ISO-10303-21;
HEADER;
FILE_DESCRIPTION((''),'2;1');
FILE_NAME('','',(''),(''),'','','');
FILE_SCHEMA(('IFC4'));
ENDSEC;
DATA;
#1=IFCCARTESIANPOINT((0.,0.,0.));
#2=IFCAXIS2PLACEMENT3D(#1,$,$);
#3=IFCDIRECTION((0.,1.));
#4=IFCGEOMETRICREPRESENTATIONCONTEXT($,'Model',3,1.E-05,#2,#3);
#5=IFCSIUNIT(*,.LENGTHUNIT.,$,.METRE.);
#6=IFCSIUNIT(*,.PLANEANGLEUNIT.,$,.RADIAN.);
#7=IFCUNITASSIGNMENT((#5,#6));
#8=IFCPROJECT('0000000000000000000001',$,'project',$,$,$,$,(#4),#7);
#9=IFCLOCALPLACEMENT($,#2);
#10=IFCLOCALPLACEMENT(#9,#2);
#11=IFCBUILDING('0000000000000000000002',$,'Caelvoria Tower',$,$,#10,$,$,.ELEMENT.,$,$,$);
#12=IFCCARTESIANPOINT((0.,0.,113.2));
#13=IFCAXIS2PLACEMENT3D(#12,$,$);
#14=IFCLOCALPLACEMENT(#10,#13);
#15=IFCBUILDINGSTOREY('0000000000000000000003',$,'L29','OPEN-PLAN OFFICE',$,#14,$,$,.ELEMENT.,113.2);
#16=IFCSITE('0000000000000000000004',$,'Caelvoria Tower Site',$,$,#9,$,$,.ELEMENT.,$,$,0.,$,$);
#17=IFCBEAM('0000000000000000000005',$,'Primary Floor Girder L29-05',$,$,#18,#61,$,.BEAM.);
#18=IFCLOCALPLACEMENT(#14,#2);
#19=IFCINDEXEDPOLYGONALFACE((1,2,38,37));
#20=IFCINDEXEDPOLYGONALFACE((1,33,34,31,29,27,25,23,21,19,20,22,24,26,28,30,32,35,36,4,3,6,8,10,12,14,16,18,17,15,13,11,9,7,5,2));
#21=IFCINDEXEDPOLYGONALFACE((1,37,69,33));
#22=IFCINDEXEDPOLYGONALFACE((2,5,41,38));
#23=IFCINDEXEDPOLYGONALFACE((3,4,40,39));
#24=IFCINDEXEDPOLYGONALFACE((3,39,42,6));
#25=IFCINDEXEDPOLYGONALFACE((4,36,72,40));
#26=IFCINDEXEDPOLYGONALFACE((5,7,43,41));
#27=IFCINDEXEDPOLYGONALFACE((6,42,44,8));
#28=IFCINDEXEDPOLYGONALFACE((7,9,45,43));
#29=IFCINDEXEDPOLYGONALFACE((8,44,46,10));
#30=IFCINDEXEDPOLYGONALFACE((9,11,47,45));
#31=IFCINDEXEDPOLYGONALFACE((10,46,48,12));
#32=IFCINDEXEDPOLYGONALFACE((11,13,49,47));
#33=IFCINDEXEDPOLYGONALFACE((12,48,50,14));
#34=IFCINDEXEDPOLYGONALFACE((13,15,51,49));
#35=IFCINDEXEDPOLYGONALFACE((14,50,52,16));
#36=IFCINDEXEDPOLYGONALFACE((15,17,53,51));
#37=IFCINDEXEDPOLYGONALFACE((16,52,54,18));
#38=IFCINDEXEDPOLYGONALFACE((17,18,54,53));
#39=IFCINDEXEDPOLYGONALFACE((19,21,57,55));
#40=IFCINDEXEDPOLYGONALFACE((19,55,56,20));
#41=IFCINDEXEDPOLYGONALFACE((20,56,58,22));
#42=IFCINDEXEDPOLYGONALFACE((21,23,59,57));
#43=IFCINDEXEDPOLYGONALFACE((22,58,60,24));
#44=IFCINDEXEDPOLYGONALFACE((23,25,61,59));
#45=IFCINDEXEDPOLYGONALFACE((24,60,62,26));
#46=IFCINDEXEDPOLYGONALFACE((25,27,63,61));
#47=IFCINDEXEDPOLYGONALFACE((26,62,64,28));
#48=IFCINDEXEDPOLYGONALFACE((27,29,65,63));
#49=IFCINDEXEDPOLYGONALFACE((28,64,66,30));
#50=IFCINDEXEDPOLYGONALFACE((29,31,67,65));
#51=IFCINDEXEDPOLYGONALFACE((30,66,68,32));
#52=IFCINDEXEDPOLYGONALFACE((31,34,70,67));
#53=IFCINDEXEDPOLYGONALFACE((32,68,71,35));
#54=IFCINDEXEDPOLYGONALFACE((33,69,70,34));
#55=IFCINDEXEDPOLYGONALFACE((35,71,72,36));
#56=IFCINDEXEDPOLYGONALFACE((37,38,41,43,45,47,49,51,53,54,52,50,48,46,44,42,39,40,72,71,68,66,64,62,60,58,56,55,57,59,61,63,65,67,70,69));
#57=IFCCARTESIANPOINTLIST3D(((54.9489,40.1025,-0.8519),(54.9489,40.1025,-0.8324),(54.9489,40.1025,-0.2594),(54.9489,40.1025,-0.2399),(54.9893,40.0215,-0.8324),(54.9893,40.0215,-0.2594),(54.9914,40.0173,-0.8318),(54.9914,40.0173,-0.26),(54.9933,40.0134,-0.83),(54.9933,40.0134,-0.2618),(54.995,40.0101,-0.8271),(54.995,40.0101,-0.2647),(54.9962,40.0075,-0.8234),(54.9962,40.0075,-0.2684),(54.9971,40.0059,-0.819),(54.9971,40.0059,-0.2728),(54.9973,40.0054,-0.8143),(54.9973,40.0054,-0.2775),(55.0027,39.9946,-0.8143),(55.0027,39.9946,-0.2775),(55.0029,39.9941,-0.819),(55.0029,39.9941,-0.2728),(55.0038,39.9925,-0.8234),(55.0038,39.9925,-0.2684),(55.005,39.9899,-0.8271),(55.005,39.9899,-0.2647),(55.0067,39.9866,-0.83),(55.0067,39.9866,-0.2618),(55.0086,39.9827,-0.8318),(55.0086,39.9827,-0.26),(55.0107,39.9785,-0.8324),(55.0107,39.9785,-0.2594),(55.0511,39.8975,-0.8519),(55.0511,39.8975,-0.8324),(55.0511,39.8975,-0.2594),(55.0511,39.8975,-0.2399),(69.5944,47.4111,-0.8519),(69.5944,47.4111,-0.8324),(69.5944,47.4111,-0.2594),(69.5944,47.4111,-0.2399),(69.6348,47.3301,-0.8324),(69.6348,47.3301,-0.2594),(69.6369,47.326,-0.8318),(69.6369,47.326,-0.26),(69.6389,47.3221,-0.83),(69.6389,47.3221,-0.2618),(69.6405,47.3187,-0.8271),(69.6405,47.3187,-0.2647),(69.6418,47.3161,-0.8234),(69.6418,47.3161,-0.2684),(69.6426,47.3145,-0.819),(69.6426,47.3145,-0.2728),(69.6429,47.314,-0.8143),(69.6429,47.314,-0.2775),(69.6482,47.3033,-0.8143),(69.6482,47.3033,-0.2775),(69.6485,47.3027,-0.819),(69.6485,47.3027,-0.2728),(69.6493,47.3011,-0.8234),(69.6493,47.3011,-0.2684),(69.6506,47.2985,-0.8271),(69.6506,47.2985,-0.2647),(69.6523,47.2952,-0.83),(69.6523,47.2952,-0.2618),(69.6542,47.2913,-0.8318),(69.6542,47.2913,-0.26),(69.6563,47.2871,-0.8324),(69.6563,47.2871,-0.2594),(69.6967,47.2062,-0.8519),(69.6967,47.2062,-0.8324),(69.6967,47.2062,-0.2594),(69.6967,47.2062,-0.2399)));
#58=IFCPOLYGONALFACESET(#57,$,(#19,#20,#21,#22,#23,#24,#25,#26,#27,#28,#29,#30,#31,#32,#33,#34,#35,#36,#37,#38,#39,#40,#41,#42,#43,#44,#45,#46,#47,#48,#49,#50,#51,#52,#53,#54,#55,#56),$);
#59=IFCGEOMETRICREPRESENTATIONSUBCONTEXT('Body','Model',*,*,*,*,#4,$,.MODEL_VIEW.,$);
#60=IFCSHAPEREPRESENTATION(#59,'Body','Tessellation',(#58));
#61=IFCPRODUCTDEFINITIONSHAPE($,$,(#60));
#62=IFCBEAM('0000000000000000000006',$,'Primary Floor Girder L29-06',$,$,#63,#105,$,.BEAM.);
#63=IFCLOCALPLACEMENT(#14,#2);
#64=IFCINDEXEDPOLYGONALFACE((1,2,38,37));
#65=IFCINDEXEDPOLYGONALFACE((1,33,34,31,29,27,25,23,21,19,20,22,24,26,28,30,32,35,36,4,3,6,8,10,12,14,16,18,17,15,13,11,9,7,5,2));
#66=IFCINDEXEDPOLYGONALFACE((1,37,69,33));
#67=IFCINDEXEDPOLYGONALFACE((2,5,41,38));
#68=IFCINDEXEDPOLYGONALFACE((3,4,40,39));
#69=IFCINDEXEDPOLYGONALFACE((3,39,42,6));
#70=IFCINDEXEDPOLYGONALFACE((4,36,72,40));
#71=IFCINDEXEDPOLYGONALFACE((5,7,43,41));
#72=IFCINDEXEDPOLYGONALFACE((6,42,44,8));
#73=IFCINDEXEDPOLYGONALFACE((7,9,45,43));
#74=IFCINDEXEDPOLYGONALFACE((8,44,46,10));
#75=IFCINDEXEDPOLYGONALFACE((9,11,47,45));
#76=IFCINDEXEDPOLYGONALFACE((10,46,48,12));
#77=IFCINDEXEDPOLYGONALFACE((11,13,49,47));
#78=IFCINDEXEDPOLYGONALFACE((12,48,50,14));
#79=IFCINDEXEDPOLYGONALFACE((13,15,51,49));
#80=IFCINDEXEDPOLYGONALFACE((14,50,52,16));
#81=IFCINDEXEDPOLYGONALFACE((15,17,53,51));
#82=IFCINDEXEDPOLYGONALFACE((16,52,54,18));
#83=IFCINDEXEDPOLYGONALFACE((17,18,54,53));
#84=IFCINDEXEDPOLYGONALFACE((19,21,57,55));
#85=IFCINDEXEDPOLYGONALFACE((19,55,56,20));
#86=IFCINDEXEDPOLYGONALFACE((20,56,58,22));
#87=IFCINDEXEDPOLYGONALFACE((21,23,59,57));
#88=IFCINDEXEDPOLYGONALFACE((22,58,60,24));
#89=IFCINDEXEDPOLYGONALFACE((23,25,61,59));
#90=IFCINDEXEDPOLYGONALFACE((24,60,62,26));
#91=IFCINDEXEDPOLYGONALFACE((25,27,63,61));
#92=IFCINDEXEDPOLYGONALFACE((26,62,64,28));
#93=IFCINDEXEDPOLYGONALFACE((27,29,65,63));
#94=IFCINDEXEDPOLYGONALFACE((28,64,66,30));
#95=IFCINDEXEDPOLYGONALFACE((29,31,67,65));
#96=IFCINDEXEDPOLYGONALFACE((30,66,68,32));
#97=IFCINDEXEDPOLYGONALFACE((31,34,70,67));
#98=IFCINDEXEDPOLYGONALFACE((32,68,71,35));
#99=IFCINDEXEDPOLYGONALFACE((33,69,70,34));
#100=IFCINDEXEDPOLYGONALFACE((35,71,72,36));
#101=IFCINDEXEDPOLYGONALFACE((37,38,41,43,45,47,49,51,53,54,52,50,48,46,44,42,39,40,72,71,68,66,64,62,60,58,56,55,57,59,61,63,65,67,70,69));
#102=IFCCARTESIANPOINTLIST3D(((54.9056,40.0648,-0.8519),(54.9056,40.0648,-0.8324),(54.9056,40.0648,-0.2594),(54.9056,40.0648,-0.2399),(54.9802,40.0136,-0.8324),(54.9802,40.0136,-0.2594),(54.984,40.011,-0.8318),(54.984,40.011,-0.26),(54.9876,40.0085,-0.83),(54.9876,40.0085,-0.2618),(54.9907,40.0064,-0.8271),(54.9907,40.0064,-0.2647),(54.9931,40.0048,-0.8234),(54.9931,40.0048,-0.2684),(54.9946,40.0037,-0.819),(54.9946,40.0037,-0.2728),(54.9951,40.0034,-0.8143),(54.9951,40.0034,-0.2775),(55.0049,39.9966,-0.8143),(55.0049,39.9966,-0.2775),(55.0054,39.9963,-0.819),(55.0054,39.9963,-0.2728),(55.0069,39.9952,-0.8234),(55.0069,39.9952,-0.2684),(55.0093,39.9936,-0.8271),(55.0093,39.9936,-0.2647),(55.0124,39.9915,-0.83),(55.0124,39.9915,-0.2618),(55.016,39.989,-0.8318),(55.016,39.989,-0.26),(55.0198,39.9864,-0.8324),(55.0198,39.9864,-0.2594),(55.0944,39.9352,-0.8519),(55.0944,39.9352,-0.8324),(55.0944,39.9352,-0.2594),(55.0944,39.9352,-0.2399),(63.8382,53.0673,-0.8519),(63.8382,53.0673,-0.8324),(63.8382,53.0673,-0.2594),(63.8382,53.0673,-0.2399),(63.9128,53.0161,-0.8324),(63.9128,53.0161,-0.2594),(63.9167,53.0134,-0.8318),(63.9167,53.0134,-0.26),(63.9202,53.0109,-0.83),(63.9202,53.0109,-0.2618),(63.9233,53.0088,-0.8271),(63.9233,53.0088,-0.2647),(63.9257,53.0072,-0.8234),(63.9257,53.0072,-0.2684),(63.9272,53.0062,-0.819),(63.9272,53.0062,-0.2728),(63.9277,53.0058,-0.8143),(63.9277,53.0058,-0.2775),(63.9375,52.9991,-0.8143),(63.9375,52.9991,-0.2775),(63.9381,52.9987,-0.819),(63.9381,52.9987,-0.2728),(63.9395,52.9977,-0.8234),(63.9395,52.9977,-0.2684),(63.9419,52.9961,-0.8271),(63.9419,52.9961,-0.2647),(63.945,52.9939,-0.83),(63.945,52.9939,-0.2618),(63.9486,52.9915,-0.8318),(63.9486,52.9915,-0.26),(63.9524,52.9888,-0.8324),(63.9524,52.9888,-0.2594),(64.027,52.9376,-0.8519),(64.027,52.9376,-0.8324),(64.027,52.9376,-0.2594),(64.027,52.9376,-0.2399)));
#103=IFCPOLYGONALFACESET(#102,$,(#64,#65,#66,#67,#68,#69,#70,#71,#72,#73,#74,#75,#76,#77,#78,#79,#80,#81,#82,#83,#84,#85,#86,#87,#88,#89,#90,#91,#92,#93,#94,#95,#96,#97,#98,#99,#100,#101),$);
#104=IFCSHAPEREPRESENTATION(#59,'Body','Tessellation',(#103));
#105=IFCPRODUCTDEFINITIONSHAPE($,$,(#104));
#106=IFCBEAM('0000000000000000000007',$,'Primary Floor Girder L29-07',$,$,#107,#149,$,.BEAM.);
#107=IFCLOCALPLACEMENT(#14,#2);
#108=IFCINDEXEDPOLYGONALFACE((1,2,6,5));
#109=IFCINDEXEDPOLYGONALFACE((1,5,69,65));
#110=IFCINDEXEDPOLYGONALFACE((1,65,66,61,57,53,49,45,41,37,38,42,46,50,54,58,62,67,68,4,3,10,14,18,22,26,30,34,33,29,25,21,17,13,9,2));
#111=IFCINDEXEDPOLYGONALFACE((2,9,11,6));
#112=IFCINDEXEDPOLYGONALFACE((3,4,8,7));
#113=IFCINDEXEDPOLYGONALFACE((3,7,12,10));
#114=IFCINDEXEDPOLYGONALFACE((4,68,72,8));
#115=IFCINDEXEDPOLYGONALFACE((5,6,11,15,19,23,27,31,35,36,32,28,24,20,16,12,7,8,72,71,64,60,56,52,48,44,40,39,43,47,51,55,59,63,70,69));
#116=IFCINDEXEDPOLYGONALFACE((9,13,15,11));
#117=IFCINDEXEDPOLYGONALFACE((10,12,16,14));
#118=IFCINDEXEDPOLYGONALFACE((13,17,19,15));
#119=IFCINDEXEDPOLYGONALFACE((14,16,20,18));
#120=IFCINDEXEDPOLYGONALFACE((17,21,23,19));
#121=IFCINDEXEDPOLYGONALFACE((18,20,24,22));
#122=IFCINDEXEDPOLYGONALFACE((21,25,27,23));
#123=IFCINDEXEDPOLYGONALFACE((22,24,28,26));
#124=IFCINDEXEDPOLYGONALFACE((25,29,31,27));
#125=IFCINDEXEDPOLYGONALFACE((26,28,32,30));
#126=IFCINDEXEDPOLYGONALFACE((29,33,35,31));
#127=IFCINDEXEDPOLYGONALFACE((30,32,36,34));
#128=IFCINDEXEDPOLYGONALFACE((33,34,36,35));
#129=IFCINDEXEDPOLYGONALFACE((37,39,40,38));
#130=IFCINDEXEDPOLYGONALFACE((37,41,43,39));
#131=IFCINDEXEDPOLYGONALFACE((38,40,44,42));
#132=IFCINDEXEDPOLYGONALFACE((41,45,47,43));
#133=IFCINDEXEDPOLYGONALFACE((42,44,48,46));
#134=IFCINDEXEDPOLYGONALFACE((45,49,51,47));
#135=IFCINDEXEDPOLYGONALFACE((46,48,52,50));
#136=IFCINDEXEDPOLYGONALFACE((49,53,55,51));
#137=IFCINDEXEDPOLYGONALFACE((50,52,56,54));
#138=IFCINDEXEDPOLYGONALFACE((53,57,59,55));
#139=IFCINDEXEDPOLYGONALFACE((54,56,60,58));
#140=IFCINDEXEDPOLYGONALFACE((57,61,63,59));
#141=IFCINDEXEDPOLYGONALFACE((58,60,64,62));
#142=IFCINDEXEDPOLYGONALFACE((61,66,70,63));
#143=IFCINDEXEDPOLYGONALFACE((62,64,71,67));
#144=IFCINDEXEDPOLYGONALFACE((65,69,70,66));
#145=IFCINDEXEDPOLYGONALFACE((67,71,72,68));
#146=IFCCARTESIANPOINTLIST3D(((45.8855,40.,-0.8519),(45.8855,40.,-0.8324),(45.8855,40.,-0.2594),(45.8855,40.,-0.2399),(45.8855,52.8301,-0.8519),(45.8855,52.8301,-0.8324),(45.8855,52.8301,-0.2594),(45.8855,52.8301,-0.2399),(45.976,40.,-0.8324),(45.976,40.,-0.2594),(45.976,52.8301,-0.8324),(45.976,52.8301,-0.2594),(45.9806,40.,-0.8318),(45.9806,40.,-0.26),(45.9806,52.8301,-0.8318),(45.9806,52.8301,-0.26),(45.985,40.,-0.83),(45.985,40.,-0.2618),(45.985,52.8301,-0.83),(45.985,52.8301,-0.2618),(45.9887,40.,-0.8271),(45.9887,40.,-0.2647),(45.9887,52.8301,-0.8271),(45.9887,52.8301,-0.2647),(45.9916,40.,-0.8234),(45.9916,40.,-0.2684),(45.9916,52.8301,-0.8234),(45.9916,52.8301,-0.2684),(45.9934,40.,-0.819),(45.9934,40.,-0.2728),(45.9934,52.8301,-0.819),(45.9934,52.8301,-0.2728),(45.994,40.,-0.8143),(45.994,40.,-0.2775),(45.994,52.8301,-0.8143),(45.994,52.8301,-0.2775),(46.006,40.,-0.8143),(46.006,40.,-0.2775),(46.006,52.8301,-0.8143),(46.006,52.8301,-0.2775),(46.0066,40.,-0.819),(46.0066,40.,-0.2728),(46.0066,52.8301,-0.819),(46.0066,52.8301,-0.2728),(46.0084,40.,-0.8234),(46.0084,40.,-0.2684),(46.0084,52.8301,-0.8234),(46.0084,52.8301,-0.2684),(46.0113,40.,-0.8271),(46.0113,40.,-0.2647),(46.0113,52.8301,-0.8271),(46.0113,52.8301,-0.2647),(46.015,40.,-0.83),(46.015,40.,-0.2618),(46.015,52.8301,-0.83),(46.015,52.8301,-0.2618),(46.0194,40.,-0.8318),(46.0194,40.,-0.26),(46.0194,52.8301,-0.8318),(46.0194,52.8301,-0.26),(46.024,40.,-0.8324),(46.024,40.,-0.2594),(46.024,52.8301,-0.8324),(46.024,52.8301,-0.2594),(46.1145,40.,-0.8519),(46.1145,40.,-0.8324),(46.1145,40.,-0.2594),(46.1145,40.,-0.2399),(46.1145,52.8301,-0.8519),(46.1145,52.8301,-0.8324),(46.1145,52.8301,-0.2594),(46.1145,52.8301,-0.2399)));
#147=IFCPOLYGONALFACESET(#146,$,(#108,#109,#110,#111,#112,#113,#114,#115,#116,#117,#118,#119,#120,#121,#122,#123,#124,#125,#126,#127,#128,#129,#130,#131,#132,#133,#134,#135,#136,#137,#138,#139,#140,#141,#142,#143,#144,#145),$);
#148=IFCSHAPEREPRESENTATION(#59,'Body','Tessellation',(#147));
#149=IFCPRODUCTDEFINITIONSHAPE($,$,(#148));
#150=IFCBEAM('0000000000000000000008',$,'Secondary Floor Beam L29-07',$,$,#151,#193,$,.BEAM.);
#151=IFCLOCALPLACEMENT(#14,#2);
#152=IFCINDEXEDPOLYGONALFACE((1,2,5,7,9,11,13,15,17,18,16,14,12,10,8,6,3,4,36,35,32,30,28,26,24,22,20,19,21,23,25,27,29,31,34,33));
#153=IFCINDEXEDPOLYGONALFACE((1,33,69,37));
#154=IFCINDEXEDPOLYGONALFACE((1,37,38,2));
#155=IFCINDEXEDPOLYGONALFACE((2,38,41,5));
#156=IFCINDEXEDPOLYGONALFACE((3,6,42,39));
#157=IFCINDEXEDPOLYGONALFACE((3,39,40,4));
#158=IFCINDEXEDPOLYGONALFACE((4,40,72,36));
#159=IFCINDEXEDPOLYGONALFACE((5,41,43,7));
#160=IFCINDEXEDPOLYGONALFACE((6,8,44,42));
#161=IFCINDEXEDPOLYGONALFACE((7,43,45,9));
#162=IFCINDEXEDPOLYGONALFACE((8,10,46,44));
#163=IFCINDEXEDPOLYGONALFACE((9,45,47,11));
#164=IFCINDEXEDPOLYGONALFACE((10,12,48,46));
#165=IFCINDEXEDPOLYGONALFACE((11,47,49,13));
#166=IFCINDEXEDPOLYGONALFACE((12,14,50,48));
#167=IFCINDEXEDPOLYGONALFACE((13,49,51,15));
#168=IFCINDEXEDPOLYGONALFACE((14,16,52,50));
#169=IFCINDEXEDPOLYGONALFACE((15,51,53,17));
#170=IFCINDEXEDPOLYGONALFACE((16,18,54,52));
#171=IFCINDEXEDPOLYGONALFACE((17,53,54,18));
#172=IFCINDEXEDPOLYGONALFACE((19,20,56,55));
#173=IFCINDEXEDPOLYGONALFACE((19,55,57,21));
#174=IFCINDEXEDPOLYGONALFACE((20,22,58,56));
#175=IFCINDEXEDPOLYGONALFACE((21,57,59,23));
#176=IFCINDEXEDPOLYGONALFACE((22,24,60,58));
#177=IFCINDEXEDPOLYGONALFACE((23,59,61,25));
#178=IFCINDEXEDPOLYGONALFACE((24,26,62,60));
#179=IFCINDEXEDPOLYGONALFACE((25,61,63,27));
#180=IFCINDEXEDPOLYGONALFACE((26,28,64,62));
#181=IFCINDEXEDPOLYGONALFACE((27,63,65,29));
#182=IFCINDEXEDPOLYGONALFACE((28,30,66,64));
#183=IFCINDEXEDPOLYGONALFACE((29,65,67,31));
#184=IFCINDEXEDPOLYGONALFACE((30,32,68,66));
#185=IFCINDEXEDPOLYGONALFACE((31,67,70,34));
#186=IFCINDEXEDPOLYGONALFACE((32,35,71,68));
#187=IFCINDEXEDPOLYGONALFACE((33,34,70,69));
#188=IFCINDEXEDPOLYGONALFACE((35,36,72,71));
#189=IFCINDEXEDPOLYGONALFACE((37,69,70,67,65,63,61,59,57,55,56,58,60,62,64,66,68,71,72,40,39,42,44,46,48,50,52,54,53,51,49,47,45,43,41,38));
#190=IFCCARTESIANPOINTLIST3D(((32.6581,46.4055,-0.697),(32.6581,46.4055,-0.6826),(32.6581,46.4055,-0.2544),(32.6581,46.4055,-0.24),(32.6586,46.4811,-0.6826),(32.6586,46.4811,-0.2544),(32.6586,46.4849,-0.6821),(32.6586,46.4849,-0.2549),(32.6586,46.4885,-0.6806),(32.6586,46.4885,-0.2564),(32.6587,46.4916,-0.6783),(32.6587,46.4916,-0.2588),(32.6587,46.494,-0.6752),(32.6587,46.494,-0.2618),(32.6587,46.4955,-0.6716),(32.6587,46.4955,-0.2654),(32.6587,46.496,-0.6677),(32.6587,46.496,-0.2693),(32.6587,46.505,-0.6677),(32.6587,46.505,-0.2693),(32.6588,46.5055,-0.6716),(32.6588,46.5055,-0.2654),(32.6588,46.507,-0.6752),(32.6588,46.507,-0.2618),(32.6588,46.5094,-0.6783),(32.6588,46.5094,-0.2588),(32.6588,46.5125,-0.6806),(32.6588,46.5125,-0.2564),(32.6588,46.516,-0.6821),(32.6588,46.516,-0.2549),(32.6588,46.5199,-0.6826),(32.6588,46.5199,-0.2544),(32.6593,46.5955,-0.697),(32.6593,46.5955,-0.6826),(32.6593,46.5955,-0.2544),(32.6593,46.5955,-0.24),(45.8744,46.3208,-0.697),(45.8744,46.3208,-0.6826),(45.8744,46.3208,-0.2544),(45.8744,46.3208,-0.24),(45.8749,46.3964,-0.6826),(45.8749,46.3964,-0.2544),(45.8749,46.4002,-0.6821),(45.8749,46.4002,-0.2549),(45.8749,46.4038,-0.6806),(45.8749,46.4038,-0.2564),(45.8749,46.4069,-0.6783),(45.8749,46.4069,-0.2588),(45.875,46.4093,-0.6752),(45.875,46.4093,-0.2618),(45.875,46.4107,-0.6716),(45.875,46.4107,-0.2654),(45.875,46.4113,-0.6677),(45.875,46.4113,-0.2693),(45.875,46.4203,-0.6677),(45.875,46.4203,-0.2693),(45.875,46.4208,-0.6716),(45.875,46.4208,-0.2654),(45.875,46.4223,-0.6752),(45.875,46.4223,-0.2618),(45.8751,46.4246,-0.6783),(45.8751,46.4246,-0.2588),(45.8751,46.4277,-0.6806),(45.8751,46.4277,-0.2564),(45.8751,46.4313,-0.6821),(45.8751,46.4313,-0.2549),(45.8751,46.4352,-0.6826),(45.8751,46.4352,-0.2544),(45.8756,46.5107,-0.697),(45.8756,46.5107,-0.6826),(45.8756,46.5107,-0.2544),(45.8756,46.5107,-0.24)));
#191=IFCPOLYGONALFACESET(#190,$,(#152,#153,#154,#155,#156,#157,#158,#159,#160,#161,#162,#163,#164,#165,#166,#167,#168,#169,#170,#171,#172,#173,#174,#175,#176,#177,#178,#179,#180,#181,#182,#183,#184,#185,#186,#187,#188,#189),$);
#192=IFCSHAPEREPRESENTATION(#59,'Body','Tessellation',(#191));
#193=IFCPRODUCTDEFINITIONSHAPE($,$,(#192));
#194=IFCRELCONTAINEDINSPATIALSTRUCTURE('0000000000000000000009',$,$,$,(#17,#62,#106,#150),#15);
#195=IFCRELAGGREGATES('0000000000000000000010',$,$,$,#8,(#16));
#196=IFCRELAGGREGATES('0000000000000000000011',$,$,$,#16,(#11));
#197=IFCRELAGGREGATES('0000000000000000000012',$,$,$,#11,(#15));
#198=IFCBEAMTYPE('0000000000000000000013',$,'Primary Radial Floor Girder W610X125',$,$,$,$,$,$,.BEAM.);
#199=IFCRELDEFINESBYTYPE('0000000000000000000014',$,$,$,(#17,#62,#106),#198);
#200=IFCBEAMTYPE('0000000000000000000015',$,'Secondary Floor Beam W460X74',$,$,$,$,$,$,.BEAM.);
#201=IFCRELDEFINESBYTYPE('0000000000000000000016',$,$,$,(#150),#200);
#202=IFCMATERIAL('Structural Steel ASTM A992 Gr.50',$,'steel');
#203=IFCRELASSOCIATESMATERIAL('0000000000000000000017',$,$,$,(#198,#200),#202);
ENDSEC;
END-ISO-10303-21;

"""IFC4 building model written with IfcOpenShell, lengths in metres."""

from ifc_helpers import new_model, si_unit, direction, frame, origin, origin_2d, place, context, subcontext, project, spatial, i_section, extrude, material, material_profile, profile_set, type_object, element, save


model = new_model("IFC4")

# Units and contexts
model_context = context("Model", 3, precision=1e-05, world=origin(), true_north=direction((0.0, 1.0)))
body_context = subcontext(model_context, "Body", "Model", "MODEL_VIEW")
ifc_project = project(units=[si_unit("LENGTHUNIT", "METRE"), si_unit("PLANEANGLEUNIT", "RADIAN")], contexts=[model_context])

# Site, building, storey
site_placement = place(None, origin())
site = spatial("IfcSite", under=ifc_project, at=site_placement, Name="Caelvoria Tower Site", CompositionType="ELEMENT", RefElevation=0.0)
building_placement = place(site_placement, origin())
building = spatial("IfcBuilding", under=site, at=building_placement, Name="Caelvoria Tower", CompositionType="ELEMENT")
storey_placement = place(building_placement, frame((0.0, 0.0, 113.2)))
storey = spatial("IfcBuildingStorey", under=building, at=storey_placement, Name="L29", Description="OPEN-PLAN OFFICE", CompositionType="ELEMENT", Elevation=113.2)

# Beams
ifc_material_1 = material(Name="Structural Steel ASTM A992 Gr.50", Category="steel")
ifc_material_profile_1 = material_profile(ifc_material_1, i_section(OverallWidth=0.229, OverallDepth=0.6121, WebThickness=0.012, FlangeThickness=0.0195, FilletRadius=0.0181, at=origin_2d()), Name="Structural Steel ASTM A992 Gr.50")
ifc_profile_set_1 = profile_set([ifc_material_profile_1], Name="W610X125 - Structural Steel ASTM A992 Gr.50")
beam_type_1 = type_object("IfcBeamType", Name="Primary Radial Floor Girder W610X125", PredefinedType="BEAM", material=ifc_profile_set_1)
beam_1_placement = place(storey_placement, frame((55.0, 40.0, -0.5459), z_axis=(0.894773, 0.446521, 0.0), x_axis=(-0.446521, 0.894773, 0.0)))
element("IfcBeam", 1, at=beam_1_placement, inside=storey, type_object=beam_type_1, Name="Primary Floor Girder L29-05", PredefinedType="BEAM", context=body_context, shape_type="SweptSolid", body=[
    extrude(i_section(OverallWidth=0.229, OverallDepth=0.6121, WebThickness=0.012, FlangeThickness=0.0195, FilletRadius=0.0181, at=origin_2d()), origin(), (0.0, 0.0, 1.0), 16.3679),
])
beam_2_placement = place(storey_placement, frame((55.0, 40.0, -0.5459), z_axis=(0.566246, 0.824236, 0.0), x_axis=(-0.824236, 0.566246, 0.0)))
element("IfcBeam", 2, at=beam_2_placement, inside=storey, type_object=beam_type_1, Name="Primary Floor Girder L29-06", PredefinedType="BEAM", context=body_context, shape_type="SweptSolid", body=[
    extrude(i_section(OverallWidth=0.229, OverallDepth=0.6121, WebThickness=0.012, FlangeThickness=0.0195, FilletRadius=0.0181, at=origin_2d()), origin(), (0.0, 0.0, 1.0), 15.7751),
])
beam_3_placement = place(storey_placement, frame((46.0, 40.0, -0.5459), z_axis=(0.0, 1.0, 0.0), x_axis=(-1.0, 0.0, 0.0)))
element("IfcBeam", 3, at=beam_3_placement, inside=storey, type_object=beam_type_1, Name="Primary Floor Girder L29-07", PredefinedType="BEAM", context=body_context, shape_type="SweptSolid", body=[
    extrude(i_section(OverallWidth=0.229, OverallDepth=0.6121, WebThickness=0.012, FlangeThickness=0.0195, FilletRadius=0.0181, at=origin_2d()), origin(), (0.0, 0.0, 1.0), 12.8301),
])
ifc_material_profile_2 = material_profile(ifc_material_1, i_section(OverallWidth=0.1899, OverallDepth=0.457, WebThickness=0.009, FlangeThickness=0.0144, FilletRadius=0.0149, at=origin_2d()), Name="Structural Steel ASTM A992 Gr.50")
ifc_profile_set_2 = profile_set([ifc_material_profile_2], Name="W460X74 - Structural Steel ASTM A992 Gr.50")
beam_type_2 = type_object("IfcBeamType", Name="Secondary Floor Beam W460X74", PredefinedType="BEAM", material=ifc_profile_set_2)
beam_4_placement = place(storey_placement, frame((45.875, 46.4158, -0.4685), z_axis=(-0.999979, 0.00641, 0.0), x_axis=(-0.00641, -0.999979, 0.0)))
element("IfcBeam", 4, at=beam_4_placement, inside=storey, type_object=beam_type_2, Name="Secondary Floor Beam L29-07", PredefinedType="BEAM", context=body_context, shape_type="SweptSolid", body=[
    extrude(i_section(OverallWidth=0.1899, OverallDepth=0.457, WebThickness=0.009, FlangeThickness=0.0144, FilletRadius=0.0149, at=origin_2d()), origin(), (0.0, 0.0, 1.0), 13.2166),
])

save(model, "model.ifc")
